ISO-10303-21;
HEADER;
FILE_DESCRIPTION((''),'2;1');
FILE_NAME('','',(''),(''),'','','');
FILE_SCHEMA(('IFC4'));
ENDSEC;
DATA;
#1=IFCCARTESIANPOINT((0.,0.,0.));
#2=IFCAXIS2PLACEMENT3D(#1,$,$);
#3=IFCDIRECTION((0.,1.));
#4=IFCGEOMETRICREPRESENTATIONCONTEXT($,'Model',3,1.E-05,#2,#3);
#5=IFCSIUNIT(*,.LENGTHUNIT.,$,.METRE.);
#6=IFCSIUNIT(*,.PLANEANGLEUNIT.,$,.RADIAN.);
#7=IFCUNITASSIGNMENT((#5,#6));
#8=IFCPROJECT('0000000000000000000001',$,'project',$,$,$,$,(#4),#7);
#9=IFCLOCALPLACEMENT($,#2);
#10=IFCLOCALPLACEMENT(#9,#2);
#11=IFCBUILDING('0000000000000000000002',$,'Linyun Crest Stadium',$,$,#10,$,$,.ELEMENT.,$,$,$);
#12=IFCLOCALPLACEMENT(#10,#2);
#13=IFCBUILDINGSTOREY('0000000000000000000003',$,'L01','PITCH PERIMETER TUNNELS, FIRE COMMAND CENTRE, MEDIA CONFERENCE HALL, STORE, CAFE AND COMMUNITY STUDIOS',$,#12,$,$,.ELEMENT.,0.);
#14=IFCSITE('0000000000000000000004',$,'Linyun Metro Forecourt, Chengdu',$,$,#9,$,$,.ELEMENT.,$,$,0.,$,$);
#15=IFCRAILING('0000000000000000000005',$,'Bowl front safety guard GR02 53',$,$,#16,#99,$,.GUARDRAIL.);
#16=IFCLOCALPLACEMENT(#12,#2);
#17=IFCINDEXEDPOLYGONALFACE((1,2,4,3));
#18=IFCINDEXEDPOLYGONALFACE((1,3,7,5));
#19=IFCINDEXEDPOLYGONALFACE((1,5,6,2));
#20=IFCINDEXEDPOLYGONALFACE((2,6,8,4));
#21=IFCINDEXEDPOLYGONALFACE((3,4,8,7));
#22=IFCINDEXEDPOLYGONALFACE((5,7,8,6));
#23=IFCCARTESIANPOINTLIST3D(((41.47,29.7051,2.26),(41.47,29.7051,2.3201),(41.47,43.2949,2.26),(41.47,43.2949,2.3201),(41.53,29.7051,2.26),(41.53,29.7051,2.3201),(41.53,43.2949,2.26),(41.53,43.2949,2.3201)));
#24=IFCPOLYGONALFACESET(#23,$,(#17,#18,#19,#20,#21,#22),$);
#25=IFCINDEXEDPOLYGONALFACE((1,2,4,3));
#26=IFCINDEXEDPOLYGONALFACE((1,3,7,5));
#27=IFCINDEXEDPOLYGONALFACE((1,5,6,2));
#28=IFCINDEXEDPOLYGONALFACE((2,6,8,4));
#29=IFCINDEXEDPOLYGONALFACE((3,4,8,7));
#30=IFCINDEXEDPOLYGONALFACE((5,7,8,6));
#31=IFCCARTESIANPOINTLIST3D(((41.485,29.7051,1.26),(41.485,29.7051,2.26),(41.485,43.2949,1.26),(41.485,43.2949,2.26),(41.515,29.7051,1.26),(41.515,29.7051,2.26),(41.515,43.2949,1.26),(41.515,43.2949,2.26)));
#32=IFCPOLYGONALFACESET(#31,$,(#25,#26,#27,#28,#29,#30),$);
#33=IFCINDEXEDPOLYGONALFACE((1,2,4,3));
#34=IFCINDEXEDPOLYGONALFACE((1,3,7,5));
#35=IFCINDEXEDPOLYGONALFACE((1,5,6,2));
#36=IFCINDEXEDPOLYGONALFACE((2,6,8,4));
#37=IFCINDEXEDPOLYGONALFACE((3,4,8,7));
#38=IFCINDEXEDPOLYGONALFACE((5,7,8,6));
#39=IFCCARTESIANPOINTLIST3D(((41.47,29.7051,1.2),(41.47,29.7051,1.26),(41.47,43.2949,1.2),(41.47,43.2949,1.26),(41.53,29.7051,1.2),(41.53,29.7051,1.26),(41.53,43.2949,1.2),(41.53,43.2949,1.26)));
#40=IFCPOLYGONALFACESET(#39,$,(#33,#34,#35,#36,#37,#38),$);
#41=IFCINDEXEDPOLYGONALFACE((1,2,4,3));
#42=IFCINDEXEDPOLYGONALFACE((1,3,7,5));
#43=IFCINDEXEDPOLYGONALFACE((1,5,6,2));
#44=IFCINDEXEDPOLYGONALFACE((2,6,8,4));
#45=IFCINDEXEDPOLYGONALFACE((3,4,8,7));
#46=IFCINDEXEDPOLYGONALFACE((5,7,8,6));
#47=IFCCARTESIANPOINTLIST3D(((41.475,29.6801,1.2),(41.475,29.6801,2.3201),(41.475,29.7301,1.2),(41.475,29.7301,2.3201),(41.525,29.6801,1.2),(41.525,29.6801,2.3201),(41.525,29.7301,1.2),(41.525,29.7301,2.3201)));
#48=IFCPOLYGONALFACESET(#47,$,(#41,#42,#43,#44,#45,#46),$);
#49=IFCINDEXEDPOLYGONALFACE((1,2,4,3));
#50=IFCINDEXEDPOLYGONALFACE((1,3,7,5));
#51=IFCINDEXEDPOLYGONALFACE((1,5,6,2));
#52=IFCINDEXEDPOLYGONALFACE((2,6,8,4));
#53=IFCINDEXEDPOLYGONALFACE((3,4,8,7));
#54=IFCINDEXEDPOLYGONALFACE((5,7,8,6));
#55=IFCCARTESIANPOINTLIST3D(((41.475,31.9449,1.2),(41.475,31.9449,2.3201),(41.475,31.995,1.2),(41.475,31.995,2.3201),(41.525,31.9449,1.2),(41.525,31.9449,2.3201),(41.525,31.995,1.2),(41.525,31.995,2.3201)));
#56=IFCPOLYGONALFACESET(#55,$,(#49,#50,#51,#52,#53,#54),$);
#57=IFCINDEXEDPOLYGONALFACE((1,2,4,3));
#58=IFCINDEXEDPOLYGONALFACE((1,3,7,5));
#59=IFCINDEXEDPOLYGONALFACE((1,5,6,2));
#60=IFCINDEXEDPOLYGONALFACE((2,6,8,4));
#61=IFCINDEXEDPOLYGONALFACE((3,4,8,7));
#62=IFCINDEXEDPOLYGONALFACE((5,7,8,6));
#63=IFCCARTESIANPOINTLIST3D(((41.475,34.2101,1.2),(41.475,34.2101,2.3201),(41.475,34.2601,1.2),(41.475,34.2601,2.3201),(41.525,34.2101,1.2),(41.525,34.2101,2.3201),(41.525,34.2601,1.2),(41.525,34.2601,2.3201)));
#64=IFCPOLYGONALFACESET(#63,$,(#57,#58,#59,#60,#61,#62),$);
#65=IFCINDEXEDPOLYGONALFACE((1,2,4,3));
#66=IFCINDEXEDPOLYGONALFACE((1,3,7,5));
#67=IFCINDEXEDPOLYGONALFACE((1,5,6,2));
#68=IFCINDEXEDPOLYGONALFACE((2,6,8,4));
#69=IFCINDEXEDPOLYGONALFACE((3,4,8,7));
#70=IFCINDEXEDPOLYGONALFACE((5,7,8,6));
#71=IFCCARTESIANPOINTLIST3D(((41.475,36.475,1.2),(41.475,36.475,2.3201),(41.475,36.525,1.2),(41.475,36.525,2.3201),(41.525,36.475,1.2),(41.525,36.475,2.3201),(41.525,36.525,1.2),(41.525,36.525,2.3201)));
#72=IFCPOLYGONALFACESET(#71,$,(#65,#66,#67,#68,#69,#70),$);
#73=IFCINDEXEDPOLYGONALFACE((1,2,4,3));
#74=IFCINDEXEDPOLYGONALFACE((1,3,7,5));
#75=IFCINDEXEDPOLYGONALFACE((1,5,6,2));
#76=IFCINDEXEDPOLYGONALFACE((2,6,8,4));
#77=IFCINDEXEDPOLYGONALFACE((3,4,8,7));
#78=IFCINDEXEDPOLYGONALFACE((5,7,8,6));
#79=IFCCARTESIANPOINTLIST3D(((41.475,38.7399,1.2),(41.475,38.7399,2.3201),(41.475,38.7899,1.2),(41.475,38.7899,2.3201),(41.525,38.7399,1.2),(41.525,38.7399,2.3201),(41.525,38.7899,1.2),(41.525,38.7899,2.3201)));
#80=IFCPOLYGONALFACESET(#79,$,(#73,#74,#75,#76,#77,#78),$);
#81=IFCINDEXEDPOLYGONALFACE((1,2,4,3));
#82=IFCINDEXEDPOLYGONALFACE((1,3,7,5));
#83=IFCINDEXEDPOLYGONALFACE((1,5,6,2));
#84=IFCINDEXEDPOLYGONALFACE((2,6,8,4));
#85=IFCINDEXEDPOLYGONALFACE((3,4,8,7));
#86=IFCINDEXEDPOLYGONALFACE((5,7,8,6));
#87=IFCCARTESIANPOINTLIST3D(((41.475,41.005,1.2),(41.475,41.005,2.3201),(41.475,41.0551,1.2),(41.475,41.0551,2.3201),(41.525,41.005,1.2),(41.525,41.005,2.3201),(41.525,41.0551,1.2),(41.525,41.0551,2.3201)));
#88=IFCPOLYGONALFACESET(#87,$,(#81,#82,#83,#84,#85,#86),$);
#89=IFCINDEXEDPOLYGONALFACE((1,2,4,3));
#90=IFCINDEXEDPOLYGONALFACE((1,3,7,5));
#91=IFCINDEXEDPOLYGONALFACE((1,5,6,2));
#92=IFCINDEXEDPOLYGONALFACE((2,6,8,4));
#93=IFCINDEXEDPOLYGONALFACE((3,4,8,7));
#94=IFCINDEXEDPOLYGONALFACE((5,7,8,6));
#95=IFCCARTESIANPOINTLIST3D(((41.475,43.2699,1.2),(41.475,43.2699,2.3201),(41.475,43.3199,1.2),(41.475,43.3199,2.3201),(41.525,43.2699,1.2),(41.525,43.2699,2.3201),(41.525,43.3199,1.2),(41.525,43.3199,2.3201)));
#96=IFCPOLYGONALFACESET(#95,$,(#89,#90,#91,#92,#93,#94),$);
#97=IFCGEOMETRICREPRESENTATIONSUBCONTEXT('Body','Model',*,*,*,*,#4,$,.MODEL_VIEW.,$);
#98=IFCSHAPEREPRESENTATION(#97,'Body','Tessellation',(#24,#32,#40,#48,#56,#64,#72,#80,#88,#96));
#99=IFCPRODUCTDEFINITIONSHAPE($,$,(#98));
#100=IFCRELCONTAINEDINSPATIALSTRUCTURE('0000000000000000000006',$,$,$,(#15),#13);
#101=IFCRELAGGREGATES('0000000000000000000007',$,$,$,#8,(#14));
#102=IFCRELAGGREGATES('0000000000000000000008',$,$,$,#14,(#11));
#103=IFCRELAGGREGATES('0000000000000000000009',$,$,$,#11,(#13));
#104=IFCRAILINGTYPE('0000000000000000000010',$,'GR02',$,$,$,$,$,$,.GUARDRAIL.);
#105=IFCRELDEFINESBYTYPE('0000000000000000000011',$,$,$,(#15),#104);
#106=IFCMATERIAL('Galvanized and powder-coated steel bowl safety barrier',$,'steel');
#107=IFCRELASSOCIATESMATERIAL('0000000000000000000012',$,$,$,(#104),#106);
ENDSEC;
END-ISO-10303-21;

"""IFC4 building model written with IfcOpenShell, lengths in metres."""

from ifc_helpers import new_model, si_unit, direction, frame, origin, origin_2d, place, context, subcontext, project, spatial, rectangle, extrude, material, type_object, element, save


model = new_model("IFC4")

# Units and contexts
model_context = context("Model", 3, precision=1e-05, world=origin(), true_north=direction((0.0, 1.0)))
body_context = subcontext(model_context, "Body", "Model", "MODEL_VIEW")
ifc_project = project(units=[si_unit("LENGTHUNIT", "METRE"), si_unit("PLANEANGLEUNIT", "RADIAN")], contexts=[model_context])

# Site, building, storey
site_placement = place(None, origin())
site = spatial("IfcSite", under=ifc_project, at=site_placement, Name="Linyun Metro Forecourt, Chengdu", CompositionType="ELEMENT", RefElevation=0.0)
building_placement = place(site_placement, origin())
building = spatial("IfcBuilding", under=site, at=building_placement, Name="Linyun Crest Stadium", CompositionType="ELEMENT")
storey_placement = place(building_placement, origin())
storey = spatial("IfcBuildingStorey", under=building, at=storey_placement, Name="L01", Description="PITCH PERIMETER TUNNELS, FIRE COMMAND CENTRE, MEDIA CONFERENCE HALL, STORE, CAFE AND COMMUNITY STUDIOS", CompositionType="ELEMENT", Elevation=0.0)

# Railing
ifc_material_1 = material(Name="Galvanized and powder-coated steel bowl safety barrier", Category="steel")
railing_type = type_object("IfcRailingType", Name="GR02", PredefinedType="GUARDRAIL", material=ifc_material_1)
railing_placement = place(storey_placement, frame((41.5, 29.7051, 1.2)))
element("IfcRailing", 1, at=railing_placement, inside=storey, type_object=railing_type, Name="Bowl front safety guard GR02 53", PredefinedType="GUARDRAIL", context=body_context, shape_type="SweptSolid", body=[
    extrude(rectangle(XDim=0.0601, YDim=0.0601, at=origin_2d()), frame((0.0, 0.0, 1.0901), z_axis=(0.0, 1.0, 0.0), x_axis=(-1.0, 0.0, 0.0)), (0.0, 0.0, 1.0), 13.5898),
    extrude(rectangle(XDim=0.03, YDim=1.0, at=origin_2d()), frame((0.0, 0.0, 0.5601), z_axis=(0.0, 1.0, 0.0), x_axis=(-1.0, 0.0, 0.0)), (0.0, 0.0, 1.0), 13.5898),
    extrude(rectangle(XDim=0.0601, YDim=0.0601, at=origin_2d()), frame((0.0, 0.0, 0.03), z_axis=(0.0, 1.0, 0.0), x_axis=(-1.0, 0.0, 0.0)), (0.0, 0.0, 1.0), 13.5898),
    extrude(rectangle(XDim=0.05, YDim=0.05, at=origin_2d()), origin(), (0.0, 0.0, 1.0), 1.1201),
    extrude(rectangle(XDim=0.05, YDim=0.05, at=origin_2d()), frame((0.0, 2.2649, 0.0)), (0.0, 0.0, 1.0), 1.1201),
    extrude(rectangle(XDim=0.05, YDim=0.05, at=origin_2d()), frame((0.0, 4.53, 0.0)), (0.0, 0.0, 1.0), 1.1201),
    extrude(rectangle(XDim=0.05, YDim=0.05, at=origin_2d()), frame((0.0, 6.7949, 0.0)), (0.0, 0.0, 1.0), 1.1201),
    extrude(rectangle(XDim=0.05, YDim=0.05, at=origin_2d()), frame((0.0, 9.0598, 0.0)), (0.0, 0.0, 1.0), 1.1201),
    extrude(rectangle(XDim=0.05, YDim=0.05, at=origin_2d()), frame((0.0, 11.325, 0.0)), (0.0, 0.0, 1.0), 1.1201),
    extrude(rectangle(XDim=0.05, YDim=0.05, at=origin_2d()), frame((0.0, 13.5898, 0.0)), (0.0, 0.0, 1.0), 1.1201),
])

save(model, "model.ifc")
